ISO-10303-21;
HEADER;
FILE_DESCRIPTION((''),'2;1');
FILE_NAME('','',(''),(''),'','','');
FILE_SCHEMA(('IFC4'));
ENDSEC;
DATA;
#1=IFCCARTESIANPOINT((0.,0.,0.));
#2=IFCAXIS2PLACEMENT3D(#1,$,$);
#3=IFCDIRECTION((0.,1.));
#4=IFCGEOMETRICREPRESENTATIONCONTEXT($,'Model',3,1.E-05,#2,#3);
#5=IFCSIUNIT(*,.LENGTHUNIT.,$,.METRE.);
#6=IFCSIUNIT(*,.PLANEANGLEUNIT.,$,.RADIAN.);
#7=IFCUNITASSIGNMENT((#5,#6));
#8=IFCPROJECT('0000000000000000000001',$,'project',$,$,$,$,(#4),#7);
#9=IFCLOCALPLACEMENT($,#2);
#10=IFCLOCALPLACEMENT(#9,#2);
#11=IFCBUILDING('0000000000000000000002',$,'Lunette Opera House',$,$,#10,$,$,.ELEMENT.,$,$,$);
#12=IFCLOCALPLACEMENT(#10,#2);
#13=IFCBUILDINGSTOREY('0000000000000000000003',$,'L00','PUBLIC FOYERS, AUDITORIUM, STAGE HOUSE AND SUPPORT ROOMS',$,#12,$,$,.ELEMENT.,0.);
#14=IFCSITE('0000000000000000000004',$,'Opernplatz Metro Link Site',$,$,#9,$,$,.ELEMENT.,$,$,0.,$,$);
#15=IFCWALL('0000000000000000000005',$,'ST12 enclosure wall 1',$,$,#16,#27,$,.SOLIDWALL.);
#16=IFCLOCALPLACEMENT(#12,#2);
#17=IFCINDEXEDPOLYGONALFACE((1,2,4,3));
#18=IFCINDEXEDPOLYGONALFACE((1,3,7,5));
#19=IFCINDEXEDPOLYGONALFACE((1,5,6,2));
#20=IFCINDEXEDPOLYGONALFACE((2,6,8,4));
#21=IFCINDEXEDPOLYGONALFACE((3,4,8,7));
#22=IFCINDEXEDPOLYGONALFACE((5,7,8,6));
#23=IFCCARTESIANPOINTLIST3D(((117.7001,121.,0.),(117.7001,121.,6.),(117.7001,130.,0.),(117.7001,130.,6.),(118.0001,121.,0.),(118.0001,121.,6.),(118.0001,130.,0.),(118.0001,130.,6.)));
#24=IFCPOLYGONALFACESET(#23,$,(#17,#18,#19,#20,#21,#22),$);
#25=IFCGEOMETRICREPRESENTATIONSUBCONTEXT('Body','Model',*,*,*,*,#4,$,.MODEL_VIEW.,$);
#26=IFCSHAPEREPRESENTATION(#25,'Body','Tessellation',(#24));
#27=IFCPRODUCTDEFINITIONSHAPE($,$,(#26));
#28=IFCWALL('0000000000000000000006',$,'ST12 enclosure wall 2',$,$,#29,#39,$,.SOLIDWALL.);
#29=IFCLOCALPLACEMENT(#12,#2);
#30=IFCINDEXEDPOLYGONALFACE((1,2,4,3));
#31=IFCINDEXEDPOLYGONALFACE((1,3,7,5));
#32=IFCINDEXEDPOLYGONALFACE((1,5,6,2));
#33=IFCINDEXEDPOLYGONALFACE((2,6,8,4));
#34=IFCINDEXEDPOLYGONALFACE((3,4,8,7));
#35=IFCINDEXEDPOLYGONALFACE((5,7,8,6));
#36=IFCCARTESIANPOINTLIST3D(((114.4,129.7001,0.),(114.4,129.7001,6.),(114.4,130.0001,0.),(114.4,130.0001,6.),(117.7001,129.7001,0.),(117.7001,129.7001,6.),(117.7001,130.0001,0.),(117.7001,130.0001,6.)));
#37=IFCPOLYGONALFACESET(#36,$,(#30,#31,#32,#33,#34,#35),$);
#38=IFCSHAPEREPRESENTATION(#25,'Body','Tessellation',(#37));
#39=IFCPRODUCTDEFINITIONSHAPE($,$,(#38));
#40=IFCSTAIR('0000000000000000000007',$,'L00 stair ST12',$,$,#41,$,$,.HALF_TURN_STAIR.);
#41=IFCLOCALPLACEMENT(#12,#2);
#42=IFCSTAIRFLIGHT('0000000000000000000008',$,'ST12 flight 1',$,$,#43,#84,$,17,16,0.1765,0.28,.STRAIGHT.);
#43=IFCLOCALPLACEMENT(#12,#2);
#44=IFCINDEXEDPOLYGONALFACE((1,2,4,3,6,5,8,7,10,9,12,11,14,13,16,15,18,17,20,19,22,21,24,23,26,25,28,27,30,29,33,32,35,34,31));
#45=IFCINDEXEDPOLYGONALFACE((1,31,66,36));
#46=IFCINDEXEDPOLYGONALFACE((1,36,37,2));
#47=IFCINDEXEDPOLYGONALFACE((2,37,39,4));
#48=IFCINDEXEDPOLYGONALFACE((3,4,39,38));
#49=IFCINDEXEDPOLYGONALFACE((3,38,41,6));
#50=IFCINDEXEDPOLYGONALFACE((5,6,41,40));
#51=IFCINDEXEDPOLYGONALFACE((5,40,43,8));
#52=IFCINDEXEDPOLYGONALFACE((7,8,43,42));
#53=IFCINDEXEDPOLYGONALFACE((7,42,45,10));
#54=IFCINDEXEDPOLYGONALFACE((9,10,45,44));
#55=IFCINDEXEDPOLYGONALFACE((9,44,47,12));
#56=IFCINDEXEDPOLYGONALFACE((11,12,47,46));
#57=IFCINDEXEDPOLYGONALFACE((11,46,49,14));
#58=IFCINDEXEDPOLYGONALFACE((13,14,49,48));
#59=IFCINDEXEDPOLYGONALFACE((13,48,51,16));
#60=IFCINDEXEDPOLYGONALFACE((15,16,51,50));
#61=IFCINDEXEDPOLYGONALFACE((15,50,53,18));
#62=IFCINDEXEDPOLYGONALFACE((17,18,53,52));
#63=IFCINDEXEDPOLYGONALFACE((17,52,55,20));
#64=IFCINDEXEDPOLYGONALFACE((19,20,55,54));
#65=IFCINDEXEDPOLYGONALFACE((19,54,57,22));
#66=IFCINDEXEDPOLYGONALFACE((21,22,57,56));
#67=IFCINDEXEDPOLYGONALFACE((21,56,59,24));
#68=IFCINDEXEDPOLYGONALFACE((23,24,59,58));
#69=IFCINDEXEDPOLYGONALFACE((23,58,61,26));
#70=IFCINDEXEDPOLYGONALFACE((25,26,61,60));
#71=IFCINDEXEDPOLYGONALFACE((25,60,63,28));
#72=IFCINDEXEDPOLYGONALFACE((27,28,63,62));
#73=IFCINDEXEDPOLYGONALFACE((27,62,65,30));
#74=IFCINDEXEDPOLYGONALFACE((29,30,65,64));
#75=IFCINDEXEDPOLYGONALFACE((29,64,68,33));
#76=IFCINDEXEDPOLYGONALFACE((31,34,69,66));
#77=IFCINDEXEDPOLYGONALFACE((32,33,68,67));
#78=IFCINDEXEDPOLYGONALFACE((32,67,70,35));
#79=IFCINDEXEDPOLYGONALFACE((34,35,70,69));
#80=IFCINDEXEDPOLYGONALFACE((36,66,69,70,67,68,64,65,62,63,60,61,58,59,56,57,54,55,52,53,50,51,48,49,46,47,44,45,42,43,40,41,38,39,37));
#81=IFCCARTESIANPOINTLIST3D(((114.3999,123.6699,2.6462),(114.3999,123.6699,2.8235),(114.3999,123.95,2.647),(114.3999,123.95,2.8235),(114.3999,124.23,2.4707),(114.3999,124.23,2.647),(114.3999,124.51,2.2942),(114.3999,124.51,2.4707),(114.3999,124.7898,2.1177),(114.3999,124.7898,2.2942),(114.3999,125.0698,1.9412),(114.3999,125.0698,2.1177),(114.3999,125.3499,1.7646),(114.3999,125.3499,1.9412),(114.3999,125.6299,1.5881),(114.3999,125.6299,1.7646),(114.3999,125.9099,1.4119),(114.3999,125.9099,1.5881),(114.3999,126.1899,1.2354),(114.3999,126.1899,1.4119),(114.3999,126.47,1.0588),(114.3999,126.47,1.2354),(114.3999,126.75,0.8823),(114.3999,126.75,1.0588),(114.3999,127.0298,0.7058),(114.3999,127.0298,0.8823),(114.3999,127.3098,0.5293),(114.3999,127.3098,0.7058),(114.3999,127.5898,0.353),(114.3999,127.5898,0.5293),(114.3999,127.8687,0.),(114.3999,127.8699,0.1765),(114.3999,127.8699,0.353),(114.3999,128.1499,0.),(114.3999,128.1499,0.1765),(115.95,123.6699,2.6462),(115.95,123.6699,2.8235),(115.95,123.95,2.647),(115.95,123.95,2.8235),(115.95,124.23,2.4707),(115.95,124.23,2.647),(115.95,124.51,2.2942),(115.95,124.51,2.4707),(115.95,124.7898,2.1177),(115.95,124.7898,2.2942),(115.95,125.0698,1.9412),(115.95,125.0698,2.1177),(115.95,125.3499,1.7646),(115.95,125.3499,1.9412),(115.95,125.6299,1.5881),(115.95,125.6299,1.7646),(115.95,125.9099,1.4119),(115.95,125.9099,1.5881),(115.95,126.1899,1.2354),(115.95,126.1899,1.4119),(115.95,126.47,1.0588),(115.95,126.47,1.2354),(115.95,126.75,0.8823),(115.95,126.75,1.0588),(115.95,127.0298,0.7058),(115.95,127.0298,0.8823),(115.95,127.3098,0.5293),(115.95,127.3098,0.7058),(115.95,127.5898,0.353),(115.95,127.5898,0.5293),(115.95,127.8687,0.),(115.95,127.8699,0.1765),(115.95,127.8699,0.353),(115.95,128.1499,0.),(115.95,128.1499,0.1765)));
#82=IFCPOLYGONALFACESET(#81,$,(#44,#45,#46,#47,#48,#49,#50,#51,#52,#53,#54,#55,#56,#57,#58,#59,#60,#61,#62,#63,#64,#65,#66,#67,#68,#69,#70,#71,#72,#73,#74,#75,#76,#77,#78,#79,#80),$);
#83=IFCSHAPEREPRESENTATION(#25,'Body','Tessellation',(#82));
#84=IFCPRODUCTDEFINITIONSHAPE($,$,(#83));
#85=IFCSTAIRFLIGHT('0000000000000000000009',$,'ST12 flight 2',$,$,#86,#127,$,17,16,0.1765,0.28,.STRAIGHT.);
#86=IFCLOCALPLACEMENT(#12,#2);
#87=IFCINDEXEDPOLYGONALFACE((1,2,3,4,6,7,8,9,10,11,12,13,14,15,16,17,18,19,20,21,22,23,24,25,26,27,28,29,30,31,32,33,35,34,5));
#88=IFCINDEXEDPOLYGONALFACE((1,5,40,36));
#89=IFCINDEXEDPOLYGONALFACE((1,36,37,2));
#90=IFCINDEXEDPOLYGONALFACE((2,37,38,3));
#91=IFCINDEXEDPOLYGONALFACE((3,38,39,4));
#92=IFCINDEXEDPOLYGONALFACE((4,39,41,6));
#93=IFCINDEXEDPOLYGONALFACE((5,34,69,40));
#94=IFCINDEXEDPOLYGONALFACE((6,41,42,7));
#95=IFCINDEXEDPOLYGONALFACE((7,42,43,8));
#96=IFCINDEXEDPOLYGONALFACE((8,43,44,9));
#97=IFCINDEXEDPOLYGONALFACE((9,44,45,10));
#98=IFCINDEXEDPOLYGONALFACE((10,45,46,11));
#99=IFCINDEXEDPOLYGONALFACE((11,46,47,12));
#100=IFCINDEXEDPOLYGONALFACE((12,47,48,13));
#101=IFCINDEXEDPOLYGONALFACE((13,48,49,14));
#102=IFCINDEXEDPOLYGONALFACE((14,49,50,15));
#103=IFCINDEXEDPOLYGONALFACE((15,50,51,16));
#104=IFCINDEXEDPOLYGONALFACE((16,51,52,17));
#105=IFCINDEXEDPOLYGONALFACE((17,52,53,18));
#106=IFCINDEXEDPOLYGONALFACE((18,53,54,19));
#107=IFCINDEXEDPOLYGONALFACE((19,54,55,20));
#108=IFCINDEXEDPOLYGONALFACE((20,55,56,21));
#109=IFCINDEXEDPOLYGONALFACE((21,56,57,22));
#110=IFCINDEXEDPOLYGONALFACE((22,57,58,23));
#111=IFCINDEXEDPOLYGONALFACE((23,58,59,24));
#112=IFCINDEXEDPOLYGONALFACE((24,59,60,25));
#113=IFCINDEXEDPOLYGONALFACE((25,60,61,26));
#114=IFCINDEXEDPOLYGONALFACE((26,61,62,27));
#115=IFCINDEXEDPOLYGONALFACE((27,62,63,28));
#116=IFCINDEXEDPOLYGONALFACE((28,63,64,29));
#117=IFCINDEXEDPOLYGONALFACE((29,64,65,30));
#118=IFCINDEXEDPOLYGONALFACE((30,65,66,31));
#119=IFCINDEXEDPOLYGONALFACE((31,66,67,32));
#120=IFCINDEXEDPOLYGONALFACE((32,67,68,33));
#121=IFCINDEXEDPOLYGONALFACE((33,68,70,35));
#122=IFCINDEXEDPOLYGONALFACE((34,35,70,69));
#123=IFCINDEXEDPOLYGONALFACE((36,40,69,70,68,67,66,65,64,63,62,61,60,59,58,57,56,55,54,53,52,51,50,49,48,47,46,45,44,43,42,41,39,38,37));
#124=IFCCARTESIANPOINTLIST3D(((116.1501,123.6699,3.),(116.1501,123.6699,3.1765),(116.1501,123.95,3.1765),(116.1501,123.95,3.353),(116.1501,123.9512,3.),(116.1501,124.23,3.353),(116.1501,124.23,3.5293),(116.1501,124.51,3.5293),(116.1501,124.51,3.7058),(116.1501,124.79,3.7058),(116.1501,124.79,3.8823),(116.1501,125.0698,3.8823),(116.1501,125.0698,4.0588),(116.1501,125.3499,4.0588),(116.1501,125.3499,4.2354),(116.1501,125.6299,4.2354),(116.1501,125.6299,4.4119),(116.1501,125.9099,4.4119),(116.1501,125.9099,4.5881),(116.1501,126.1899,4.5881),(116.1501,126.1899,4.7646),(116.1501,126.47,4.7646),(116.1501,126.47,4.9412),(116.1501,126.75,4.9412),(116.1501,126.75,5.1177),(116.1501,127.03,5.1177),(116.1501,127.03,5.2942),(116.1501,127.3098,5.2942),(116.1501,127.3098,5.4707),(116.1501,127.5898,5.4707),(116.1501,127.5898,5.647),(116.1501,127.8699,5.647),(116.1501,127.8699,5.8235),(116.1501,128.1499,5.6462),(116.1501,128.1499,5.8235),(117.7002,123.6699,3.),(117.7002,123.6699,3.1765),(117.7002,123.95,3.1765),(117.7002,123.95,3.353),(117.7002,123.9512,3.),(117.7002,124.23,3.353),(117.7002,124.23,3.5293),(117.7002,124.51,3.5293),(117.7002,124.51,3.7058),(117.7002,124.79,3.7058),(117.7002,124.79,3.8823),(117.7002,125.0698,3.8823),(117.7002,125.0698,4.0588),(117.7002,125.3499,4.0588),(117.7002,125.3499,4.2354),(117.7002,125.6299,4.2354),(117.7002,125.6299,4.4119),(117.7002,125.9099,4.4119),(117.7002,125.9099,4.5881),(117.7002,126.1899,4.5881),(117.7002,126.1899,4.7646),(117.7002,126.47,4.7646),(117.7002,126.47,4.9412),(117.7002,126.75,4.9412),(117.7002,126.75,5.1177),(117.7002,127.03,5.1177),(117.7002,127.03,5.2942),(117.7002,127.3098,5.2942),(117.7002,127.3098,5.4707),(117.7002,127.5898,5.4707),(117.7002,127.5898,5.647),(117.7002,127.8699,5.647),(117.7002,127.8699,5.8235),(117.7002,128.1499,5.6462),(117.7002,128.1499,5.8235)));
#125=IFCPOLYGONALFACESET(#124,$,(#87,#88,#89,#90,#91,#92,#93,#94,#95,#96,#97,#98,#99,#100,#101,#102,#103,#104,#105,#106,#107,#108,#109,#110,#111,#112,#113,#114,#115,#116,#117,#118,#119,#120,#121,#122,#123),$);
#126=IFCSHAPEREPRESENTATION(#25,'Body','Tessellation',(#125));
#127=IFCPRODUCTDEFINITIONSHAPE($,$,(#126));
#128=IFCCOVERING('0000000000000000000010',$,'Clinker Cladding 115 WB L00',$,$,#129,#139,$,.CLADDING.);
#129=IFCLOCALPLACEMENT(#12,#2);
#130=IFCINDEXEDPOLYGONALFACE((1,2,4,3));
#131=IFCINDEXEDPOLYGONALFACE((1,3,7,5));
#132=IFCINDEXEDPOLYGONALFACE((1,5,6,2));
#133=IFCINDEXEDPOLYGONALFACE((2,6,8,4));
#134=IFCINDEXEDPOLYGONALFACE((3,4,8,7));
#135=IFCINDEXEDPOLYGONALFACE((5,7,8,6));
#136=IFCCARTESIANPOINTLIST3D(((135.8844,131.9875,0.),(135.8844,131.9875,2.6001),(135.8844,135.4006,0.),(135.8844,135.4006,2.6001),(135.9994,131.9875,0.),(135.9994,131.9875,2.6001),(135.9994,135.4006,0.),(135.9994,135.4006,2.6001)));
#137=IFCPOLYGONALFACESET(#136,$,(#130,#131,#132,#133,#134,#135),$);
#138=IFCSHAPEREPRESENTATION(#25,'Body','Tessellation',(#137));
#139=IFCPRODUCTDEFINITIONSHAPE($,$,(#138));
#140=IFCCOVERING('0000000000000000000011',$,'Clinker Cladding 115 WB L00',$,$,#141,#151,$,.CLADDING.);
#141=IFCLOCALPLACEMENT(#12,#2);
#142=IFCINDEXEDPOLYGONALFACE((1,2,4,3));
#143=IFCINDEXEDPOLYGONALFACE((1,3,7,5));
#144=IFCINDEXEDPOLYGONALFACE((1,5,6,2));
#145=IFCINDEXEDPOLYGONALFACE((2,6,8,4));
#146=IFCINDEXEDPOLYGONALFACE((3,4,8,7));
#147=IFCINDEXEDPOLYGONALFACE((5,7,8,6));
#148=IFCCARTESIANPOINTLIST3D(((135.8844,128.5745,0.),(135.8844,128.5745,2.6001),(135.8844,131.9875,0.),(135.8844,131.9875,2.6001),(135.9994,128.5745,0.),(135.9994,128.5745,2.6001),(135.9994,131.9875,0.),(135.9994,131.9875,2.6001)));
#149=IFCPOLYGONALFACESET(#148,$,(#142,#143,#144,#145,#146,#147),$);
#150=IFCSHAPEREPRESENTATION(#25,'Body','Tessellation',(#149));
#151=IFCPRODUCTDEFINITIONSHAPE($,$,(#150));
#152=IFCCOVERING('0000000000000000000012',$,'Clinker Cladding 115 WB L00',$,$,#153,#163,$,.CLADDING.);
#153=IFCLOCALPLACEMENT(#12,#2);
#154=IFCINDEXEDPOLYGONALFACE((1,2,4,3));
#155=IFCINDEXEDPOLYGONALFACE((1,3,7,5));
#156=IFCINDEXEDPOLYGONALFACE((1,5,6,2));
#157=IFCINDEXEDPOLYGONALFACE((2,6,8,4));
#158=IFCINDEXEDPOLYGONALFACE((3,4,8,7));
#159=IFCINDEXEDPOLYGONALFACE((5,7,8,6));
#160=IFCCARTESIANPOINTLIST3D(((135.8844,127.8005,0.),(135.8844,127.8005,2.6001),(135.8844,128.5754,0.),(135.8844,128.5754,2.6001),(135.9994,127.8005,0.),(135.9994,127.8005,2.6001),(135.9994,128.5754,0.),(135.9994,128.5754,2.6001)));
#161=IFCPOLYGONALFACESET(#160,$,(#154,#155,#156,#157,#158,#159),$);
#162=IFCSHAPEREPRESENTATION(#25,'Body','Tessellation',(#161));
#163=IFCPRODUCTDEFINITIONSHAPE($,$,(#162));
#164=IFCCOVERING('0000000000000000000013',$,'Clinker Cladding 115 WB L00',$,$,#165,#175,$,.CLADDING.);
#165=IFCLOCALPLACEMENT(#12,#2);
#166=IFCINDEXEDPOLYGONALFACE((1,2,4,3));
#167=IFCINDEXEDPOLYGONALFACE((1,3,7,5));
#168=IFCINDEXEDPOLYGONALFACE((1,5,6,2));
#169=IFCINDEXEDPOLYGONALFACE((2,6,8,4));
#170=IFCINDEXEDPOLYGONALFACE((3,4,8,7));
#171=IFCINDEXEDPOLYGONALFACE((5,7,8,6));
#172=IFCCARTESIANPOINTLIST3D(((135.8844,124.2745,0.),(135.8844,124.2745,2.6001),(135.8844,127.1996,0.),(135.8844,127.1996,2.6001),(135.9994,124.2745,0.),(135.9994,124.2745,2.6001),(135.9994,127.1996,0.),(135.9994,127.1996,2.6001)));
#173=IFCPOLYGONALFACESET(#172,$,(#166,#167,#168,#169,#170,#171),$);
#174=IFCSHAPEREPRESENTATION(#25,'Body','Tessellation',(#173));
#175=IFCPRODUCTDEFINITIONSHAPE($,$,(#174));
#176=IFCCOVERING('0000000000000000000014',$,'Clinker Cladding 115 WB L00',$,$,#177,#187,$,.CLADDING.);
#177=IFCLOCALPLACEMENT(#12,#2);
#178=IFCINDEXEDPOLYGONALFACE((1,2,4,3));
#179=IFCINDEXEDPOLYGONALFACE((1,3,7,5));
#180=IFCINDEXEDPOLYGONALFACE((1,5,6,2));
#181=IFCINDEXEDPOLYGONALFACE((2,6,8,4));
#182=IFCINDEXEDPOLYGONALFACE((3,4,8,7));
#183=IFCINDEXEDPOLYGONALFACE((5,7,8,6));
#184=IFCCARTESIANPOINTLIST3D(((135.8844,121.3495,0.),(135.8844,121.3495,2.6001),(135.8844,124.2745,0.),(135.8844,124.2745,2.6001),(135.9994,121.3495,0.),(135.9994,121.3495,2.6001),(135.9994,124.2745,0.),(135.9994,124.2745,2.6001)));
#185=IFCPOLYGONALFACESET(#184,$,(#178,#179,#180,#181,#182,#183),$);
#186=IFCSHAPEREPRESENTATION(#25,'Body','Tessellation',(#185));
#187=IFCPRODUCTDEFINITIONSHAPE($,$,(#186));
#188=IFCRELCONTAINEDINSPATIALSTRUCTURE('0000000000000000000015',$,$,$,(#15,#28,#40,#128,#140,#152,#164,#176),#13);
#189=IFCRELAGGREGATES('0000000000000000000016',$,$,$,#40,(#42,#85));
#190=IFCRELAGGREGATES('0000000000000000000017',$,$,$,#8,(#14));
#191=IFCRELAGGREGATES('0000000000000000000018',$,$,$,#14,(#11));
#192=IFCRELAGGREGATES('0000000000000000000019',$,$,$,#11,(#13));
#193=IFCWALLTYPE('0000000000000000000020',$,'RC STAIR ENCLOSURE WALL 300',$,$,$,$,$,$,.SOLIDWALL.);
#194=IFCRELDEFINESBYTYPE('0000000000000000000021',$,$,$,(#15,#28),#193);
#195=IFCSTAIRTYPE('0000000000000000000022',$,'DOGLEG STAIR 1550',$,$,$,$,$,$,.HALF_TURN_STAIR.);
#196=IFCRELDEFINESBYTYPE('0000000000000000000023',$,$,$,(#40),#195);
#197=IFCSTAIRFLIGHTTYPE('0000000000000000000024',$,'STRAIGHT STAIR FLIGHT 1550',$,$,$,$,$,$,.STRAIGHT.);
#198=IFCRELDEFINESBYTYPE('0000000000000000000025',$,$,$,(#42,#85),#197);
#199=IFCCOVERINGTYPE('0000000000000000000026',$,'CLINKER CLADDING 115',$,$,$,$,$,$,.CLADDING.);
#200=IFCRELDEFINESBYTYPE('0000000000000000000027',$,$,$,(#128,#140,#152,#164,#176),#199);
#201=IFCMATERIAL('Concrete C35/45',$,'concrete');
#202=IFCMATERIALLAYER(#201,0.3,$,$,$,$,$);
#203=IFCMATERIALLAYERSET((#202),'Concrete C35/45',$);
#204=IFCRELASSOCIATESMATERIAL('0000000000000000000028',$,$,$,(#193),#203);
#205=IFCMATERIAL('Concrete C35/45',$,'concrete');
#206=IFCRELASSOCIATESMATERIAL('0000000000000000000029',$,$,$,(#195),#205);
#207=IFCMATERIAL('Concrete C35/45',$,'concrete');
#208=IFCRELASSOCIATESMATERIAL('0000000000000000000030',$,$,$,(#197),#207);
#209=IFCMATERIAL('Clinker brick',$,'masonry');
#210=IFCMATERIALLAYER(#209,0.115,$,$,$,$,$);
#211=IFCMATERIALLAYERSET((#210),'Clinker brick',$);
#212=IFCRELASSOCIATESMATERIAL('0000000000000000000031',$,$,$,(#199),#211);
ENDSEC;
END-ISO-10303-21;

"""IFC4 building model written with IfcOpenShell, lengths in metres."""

from ifc_helpers import new_model, si_unit, direction, frame, frame_2d, origin, origin_2d, place, context, subcontext, project, spatial, polyline, rectangle, outline, extrude, material, layer, layer_set, type_object, element, aggregate, save


model = new_model("IFC4")

# Units and contexts
model_context = context("Model", 3, precision=1e-05, world=origin(), true_north=direction((0.0, 1.0)))
body_context = subcontext(model_context, "Body", "Model", "MODEL_VIEW")
ifc_project = project(units=[si_unit("LENGTHUNIT", "METRE"), si_unit("PLANEANGLEUNIT", "RADIAN")], contexts=[model_context])

# Site, building, storey
site_placement = place(None, origin())
site = spatial("IfcSite", under=ifc_project, at=site_placement, Name="Opernplatz Metro Link Site", CompositionType="ELEMENT", RefElevation=0.0)
building_placement = place(site_placement, origin())
building = spatial("IfcBuilding", under=site, at=building_placement, Name="Lunette Opera House", CompositionType="ELEMENT")
storey_placement = place(building_placement, origin())
storey = spatial("IfcBuildingStorey", under=building, at=storey_placement, Name="L00", Description="PUBLIC FOYERS, AUDITORIUM, STAGE HOUSE AND SUPPORT ROOMS", CompositionType="ELEMENT", Elevation=0.0)

# Walls
ifc_material_1 = material(Name="Concrete C35/45", Category="concrete")
ifc_layer_1 = layer(ifc_material_1, 0.3)
ifc_layer_set_1 = layer_set([ifc_layer_1], Name="Concrete C35/45")
wall_type = type_object("IfcWallType", Name="RC STAIR ENCLOSURE WALL 300", PredefinedType="SOLIDWALL", material=ifc_layer_set_1)
wall_1_placement = place(storey_placement, frame((117.8501, 121.0, 0.0), z_axis=(0.0, 0.0, 1.0), x_axis=(0.0, 1.0, 0.0)))
element("IfcWall", 1, at=wall_1_placement, inside=storey, type_object=wall_type, Name="ST12 enclosure wall 1", PredefinedType="SOLIDWALL", context=body_context, shape_type="SweptSolid", body=[
    extrude(rectangle(XDim=9.0, YDim=0.3, at=frame_2d((4.5, 0.0))), origin(), (0.0, 0.0, 1.0), 6.0),
])
wall_2_placement = place(storey_placement, frame((117.7, 129.8501, 0.0), z_axis=(0.0, 0.0, 1.0), x_axis=(-1.0, 0.0, 0.0)))
element("IfcWall", 2, at=wall_2_placement, inside=storey, type_object=wall_type, Name="ST12 enclosure wall 2", PredefinedType="SOLIDWALL", context=body_context, shape_type="SweptSolid", body=[
    extrude(rectangle(XDim=3.3, YDim=0.3, at=frame_2d((1.6499, 0.0))), origin(), (0.0, 0.0, 1.0), 6.0),
])

# Stair, stair flights
ifc_material_2 = material(Name="Concrete C35/45", Category="concrete")
stair_type = type_object("IfcStairType", Name="DOGLEG STAIR 1550", PredefinedType="HALF_TURN_STAIR", material=ifc_material_2)
stair_placement = place(storey_placement, origin())
stair = element("IfcStair", 3, at=stair_placement, inside=storey, type_object=stair_type, Name="L00 stair ST12", PredefinedType="HALF_TURN_STAIR")
ifc_material_3 = material(Name="Concrete C35/45", Category="concrete")
stair_flight_type = type_object("IfcStairFlightType", Name="STRAIGHT STAIR FLIGHT 1550", PredefinedType="STRAIGHT", material=ifc_material_3)
stair_flight_1_placement = place(storey_placement, frame((115.175, 128.1499, 0.0), z_axis=(0.0, 0.0, 1.0), x_axis=(0.0, -1.0, 0.0)))
stair_flight_1 = element("IfcStairFlight", 4, at=stair_flight_1_placement, type_object=stair_flight_type, Name="ST12 flight 1", NumberOfRisers=17, NumberOfTreads=16, PredefinedType="STRAIGHT", RiserHeight=0.1765, TreadLength=0.28, context=body_context, shape_type="SweptSolid", body=[
    extrude(outline(polyline([(0.0, 0.0), (0.0, 0.1765), (0.28, 0.1765), (0.28, 0.353), (0.5601, 0.353), (0.5601, 0.5293), (0.8401, 0.5293), (0.8401, 0.7058), (1.1201, 0.7058), (1.1201, 0.8823), (1.3999, 0.8823), (1.3999, 1.0588), (1.6799, 1.0588), (1.6799, 1.2354), (1.96, 1.2354), (1.96, 1.4119), (2.24, 1.4119), (2.24, 1.5881), (2.52, 1.5881), (2.52, 1.7646), (2.8, 1.7646), (2.8, 1.9412), (3.0801, 1.9412), (3.0801, 2.1177), (3.3601, 2.1177), (3.3601, 2.2942), (3.6399, 2.2942), (3.6399, 2.4707), (3.9199, 2.4707), (3.9199, 2.647), (4.2, 2.647), (4.2, 2.8235), (4.48, 2.8235), (4.48, 3.0), (4.48, 2.6462), (0.2812, 0.0), (0.0, 0.0)])), frame((0.0, 0.7749, 0.0), z_axis=(0.0, -1.0, 0.0), x_axis=(1.0, 0.0, 0.0)), (0.0, 0.0, 1.0), 1.55),
])
stair_flight_2_placement = place(storey_placement, frame((116.925, 123.6699, 3.0), z_axis=(0.0, 0.0, 1.0), x_axis=(0.0, 1.0, 0.0)))
stair_flight_2 = element("IfcStairFlight", 5, at=stair_flight_2_placement, type_object=stair_flight_type, Name="ST12 flight 2", NumberOfRisers=17, NumberOfTreads=16, PredefinedType="STRAIGHT", RiserHeight=0.1765, TreadLength=0.28, context=body_context, shape_type="SweptSolid", body=[
    extrude(outline(polyline([(0.0, 0.0), (0.0, 0.1765), (0.28, 0.1765), (0.28, 0.353), (0.5601, 0.353), (0.5601, 0.5293), (0.8401, 0.5293), (0.8401, 0.7058), (1.1201, 0.7058), (1.1201, 0.8823), (1.3999, 0.8823), (1.3999, 1.0588), (1.6799, 1.0588), (1.6799, 1.2354), (1.96, 1.2354), (1.96, 1.4119), (2.24, 1.4119), (2.24, 1.5881), (2.52, 1.5881), (2.52, 1.7646), (2.8, 1.7646), (2.8, 1.9412), (3.0801, 1.9412), (3.0801, 2.1177), (3.3601, 2.1177), (3.3601, 2.2942), (3.6399, 2.2942), (3.6399, 2.4707), (3.9199, 2.4707), (3.9199, 2.647), (4.2, 2.647), (4.2, 2.8235), (4.48, 2.8235), (4.48, 3.0), (4.48, 2.6462), (0.2812, 0.0), (0.0, 0.0)])), frame((0.0, 0.7749, 0.0), z_axis=(0.0, -1.0, 0.0), x_axis=(1.0, 0.0, 0.0)), (0.0, 0.0, 1.0), 1.55),
])
aggregate(stair, [stair_flight_1, stair_flight_2])

# Coverings
ifc_material_4 = material(Name="Clinker brick", Category="masonry")
ifc_layer_2 = layer(ifc_material_4, 0.115)
ifc_layer_set_2 = layer_set([ifc_layer_2], Name="Clinker brick")
covering_type_1 = type_object("IfcCoveringType", Name="CLINKER CLADDING 115", PredefinedType="CLADDING", material=ifc_layer_set_2)
for number, where, z_axis, x_axis, name in (
    (6, (135.9419, 133.6941, 0.0), (0.0, 0.0, 1.0), (0.0, -1.0, 0.0), "Clinker Cladding 115 WB L00"),
    (7, (135.9419, 130.281, 0.0), (0.0, 0.0, 1.0), (0.0, -1.0, 0.0), "Clinker Cladding 115 WB L00"),
):
    element("IfcCovering", number, at=place(storey_placement, frame(where, z_axis=z_axis, x_axis=x_axis)), inside=storey, type_object=covering_type_1, Name=name, PredefinedType="CLADDING", context=body_context, shape_type="SweptSolid", body=[
        extrude(rectangle(XDim=3.4131, YDim=0.115, at=origin_2d()), origin(), (0.0, 0.0, 1.0), 2.6001),
    ])
covering_1_placement = place(storey_placement, frame((135.9419, 128.188, 0.0), z_axis=(0.0, 0.0, 1.0), x_axis=(0.0, -1.0, 0.0)))
element("IfcCovering", 8, at=covering_1_placement, inside=storey, type_object=covering_type_1, Name="Clinker Cladding 115 WB L00", PredefinedType="CLADDING", context=body_context, shape_type="SweptSolid", body=[
    extrude(rectangle(XDim=0.7749, YDim=0.115, at=origin_2d()), origin(), (0.0, 0.0, 1.0), 2.6001),
])
for number, where, z_axis, x_axis, name in (
    (9, (135.9419, 125.7371, 0.0), (0.0, 0.0, 1.0), (0.0, -1.0, 0.0), "Clinker Cladding 115 WB L00"),
    (10, (135.9419, 122.812, 0.0), (0.0, 0.0, 1.0), (0.0, -1.0, 0.0), "Clinker Cladding 115 WB L00"),
):
    element("IfcCovering", number, at=place(storey_placement, frame(where, z_axis=z_axis, x_axis=x_axis)), inside=storey, type_object=covering_type_1, Name=name, PredefinedType="CLADDING", context=body_context, shape_type="SweptSolid", body=[
        extrude(rectangle(XDim=2.925, YDim=0.115, at=origin_2d()), origin(), (0.0, 0.0, 1.0), 2.6001),
    ])

save(model, "model.ifc")
